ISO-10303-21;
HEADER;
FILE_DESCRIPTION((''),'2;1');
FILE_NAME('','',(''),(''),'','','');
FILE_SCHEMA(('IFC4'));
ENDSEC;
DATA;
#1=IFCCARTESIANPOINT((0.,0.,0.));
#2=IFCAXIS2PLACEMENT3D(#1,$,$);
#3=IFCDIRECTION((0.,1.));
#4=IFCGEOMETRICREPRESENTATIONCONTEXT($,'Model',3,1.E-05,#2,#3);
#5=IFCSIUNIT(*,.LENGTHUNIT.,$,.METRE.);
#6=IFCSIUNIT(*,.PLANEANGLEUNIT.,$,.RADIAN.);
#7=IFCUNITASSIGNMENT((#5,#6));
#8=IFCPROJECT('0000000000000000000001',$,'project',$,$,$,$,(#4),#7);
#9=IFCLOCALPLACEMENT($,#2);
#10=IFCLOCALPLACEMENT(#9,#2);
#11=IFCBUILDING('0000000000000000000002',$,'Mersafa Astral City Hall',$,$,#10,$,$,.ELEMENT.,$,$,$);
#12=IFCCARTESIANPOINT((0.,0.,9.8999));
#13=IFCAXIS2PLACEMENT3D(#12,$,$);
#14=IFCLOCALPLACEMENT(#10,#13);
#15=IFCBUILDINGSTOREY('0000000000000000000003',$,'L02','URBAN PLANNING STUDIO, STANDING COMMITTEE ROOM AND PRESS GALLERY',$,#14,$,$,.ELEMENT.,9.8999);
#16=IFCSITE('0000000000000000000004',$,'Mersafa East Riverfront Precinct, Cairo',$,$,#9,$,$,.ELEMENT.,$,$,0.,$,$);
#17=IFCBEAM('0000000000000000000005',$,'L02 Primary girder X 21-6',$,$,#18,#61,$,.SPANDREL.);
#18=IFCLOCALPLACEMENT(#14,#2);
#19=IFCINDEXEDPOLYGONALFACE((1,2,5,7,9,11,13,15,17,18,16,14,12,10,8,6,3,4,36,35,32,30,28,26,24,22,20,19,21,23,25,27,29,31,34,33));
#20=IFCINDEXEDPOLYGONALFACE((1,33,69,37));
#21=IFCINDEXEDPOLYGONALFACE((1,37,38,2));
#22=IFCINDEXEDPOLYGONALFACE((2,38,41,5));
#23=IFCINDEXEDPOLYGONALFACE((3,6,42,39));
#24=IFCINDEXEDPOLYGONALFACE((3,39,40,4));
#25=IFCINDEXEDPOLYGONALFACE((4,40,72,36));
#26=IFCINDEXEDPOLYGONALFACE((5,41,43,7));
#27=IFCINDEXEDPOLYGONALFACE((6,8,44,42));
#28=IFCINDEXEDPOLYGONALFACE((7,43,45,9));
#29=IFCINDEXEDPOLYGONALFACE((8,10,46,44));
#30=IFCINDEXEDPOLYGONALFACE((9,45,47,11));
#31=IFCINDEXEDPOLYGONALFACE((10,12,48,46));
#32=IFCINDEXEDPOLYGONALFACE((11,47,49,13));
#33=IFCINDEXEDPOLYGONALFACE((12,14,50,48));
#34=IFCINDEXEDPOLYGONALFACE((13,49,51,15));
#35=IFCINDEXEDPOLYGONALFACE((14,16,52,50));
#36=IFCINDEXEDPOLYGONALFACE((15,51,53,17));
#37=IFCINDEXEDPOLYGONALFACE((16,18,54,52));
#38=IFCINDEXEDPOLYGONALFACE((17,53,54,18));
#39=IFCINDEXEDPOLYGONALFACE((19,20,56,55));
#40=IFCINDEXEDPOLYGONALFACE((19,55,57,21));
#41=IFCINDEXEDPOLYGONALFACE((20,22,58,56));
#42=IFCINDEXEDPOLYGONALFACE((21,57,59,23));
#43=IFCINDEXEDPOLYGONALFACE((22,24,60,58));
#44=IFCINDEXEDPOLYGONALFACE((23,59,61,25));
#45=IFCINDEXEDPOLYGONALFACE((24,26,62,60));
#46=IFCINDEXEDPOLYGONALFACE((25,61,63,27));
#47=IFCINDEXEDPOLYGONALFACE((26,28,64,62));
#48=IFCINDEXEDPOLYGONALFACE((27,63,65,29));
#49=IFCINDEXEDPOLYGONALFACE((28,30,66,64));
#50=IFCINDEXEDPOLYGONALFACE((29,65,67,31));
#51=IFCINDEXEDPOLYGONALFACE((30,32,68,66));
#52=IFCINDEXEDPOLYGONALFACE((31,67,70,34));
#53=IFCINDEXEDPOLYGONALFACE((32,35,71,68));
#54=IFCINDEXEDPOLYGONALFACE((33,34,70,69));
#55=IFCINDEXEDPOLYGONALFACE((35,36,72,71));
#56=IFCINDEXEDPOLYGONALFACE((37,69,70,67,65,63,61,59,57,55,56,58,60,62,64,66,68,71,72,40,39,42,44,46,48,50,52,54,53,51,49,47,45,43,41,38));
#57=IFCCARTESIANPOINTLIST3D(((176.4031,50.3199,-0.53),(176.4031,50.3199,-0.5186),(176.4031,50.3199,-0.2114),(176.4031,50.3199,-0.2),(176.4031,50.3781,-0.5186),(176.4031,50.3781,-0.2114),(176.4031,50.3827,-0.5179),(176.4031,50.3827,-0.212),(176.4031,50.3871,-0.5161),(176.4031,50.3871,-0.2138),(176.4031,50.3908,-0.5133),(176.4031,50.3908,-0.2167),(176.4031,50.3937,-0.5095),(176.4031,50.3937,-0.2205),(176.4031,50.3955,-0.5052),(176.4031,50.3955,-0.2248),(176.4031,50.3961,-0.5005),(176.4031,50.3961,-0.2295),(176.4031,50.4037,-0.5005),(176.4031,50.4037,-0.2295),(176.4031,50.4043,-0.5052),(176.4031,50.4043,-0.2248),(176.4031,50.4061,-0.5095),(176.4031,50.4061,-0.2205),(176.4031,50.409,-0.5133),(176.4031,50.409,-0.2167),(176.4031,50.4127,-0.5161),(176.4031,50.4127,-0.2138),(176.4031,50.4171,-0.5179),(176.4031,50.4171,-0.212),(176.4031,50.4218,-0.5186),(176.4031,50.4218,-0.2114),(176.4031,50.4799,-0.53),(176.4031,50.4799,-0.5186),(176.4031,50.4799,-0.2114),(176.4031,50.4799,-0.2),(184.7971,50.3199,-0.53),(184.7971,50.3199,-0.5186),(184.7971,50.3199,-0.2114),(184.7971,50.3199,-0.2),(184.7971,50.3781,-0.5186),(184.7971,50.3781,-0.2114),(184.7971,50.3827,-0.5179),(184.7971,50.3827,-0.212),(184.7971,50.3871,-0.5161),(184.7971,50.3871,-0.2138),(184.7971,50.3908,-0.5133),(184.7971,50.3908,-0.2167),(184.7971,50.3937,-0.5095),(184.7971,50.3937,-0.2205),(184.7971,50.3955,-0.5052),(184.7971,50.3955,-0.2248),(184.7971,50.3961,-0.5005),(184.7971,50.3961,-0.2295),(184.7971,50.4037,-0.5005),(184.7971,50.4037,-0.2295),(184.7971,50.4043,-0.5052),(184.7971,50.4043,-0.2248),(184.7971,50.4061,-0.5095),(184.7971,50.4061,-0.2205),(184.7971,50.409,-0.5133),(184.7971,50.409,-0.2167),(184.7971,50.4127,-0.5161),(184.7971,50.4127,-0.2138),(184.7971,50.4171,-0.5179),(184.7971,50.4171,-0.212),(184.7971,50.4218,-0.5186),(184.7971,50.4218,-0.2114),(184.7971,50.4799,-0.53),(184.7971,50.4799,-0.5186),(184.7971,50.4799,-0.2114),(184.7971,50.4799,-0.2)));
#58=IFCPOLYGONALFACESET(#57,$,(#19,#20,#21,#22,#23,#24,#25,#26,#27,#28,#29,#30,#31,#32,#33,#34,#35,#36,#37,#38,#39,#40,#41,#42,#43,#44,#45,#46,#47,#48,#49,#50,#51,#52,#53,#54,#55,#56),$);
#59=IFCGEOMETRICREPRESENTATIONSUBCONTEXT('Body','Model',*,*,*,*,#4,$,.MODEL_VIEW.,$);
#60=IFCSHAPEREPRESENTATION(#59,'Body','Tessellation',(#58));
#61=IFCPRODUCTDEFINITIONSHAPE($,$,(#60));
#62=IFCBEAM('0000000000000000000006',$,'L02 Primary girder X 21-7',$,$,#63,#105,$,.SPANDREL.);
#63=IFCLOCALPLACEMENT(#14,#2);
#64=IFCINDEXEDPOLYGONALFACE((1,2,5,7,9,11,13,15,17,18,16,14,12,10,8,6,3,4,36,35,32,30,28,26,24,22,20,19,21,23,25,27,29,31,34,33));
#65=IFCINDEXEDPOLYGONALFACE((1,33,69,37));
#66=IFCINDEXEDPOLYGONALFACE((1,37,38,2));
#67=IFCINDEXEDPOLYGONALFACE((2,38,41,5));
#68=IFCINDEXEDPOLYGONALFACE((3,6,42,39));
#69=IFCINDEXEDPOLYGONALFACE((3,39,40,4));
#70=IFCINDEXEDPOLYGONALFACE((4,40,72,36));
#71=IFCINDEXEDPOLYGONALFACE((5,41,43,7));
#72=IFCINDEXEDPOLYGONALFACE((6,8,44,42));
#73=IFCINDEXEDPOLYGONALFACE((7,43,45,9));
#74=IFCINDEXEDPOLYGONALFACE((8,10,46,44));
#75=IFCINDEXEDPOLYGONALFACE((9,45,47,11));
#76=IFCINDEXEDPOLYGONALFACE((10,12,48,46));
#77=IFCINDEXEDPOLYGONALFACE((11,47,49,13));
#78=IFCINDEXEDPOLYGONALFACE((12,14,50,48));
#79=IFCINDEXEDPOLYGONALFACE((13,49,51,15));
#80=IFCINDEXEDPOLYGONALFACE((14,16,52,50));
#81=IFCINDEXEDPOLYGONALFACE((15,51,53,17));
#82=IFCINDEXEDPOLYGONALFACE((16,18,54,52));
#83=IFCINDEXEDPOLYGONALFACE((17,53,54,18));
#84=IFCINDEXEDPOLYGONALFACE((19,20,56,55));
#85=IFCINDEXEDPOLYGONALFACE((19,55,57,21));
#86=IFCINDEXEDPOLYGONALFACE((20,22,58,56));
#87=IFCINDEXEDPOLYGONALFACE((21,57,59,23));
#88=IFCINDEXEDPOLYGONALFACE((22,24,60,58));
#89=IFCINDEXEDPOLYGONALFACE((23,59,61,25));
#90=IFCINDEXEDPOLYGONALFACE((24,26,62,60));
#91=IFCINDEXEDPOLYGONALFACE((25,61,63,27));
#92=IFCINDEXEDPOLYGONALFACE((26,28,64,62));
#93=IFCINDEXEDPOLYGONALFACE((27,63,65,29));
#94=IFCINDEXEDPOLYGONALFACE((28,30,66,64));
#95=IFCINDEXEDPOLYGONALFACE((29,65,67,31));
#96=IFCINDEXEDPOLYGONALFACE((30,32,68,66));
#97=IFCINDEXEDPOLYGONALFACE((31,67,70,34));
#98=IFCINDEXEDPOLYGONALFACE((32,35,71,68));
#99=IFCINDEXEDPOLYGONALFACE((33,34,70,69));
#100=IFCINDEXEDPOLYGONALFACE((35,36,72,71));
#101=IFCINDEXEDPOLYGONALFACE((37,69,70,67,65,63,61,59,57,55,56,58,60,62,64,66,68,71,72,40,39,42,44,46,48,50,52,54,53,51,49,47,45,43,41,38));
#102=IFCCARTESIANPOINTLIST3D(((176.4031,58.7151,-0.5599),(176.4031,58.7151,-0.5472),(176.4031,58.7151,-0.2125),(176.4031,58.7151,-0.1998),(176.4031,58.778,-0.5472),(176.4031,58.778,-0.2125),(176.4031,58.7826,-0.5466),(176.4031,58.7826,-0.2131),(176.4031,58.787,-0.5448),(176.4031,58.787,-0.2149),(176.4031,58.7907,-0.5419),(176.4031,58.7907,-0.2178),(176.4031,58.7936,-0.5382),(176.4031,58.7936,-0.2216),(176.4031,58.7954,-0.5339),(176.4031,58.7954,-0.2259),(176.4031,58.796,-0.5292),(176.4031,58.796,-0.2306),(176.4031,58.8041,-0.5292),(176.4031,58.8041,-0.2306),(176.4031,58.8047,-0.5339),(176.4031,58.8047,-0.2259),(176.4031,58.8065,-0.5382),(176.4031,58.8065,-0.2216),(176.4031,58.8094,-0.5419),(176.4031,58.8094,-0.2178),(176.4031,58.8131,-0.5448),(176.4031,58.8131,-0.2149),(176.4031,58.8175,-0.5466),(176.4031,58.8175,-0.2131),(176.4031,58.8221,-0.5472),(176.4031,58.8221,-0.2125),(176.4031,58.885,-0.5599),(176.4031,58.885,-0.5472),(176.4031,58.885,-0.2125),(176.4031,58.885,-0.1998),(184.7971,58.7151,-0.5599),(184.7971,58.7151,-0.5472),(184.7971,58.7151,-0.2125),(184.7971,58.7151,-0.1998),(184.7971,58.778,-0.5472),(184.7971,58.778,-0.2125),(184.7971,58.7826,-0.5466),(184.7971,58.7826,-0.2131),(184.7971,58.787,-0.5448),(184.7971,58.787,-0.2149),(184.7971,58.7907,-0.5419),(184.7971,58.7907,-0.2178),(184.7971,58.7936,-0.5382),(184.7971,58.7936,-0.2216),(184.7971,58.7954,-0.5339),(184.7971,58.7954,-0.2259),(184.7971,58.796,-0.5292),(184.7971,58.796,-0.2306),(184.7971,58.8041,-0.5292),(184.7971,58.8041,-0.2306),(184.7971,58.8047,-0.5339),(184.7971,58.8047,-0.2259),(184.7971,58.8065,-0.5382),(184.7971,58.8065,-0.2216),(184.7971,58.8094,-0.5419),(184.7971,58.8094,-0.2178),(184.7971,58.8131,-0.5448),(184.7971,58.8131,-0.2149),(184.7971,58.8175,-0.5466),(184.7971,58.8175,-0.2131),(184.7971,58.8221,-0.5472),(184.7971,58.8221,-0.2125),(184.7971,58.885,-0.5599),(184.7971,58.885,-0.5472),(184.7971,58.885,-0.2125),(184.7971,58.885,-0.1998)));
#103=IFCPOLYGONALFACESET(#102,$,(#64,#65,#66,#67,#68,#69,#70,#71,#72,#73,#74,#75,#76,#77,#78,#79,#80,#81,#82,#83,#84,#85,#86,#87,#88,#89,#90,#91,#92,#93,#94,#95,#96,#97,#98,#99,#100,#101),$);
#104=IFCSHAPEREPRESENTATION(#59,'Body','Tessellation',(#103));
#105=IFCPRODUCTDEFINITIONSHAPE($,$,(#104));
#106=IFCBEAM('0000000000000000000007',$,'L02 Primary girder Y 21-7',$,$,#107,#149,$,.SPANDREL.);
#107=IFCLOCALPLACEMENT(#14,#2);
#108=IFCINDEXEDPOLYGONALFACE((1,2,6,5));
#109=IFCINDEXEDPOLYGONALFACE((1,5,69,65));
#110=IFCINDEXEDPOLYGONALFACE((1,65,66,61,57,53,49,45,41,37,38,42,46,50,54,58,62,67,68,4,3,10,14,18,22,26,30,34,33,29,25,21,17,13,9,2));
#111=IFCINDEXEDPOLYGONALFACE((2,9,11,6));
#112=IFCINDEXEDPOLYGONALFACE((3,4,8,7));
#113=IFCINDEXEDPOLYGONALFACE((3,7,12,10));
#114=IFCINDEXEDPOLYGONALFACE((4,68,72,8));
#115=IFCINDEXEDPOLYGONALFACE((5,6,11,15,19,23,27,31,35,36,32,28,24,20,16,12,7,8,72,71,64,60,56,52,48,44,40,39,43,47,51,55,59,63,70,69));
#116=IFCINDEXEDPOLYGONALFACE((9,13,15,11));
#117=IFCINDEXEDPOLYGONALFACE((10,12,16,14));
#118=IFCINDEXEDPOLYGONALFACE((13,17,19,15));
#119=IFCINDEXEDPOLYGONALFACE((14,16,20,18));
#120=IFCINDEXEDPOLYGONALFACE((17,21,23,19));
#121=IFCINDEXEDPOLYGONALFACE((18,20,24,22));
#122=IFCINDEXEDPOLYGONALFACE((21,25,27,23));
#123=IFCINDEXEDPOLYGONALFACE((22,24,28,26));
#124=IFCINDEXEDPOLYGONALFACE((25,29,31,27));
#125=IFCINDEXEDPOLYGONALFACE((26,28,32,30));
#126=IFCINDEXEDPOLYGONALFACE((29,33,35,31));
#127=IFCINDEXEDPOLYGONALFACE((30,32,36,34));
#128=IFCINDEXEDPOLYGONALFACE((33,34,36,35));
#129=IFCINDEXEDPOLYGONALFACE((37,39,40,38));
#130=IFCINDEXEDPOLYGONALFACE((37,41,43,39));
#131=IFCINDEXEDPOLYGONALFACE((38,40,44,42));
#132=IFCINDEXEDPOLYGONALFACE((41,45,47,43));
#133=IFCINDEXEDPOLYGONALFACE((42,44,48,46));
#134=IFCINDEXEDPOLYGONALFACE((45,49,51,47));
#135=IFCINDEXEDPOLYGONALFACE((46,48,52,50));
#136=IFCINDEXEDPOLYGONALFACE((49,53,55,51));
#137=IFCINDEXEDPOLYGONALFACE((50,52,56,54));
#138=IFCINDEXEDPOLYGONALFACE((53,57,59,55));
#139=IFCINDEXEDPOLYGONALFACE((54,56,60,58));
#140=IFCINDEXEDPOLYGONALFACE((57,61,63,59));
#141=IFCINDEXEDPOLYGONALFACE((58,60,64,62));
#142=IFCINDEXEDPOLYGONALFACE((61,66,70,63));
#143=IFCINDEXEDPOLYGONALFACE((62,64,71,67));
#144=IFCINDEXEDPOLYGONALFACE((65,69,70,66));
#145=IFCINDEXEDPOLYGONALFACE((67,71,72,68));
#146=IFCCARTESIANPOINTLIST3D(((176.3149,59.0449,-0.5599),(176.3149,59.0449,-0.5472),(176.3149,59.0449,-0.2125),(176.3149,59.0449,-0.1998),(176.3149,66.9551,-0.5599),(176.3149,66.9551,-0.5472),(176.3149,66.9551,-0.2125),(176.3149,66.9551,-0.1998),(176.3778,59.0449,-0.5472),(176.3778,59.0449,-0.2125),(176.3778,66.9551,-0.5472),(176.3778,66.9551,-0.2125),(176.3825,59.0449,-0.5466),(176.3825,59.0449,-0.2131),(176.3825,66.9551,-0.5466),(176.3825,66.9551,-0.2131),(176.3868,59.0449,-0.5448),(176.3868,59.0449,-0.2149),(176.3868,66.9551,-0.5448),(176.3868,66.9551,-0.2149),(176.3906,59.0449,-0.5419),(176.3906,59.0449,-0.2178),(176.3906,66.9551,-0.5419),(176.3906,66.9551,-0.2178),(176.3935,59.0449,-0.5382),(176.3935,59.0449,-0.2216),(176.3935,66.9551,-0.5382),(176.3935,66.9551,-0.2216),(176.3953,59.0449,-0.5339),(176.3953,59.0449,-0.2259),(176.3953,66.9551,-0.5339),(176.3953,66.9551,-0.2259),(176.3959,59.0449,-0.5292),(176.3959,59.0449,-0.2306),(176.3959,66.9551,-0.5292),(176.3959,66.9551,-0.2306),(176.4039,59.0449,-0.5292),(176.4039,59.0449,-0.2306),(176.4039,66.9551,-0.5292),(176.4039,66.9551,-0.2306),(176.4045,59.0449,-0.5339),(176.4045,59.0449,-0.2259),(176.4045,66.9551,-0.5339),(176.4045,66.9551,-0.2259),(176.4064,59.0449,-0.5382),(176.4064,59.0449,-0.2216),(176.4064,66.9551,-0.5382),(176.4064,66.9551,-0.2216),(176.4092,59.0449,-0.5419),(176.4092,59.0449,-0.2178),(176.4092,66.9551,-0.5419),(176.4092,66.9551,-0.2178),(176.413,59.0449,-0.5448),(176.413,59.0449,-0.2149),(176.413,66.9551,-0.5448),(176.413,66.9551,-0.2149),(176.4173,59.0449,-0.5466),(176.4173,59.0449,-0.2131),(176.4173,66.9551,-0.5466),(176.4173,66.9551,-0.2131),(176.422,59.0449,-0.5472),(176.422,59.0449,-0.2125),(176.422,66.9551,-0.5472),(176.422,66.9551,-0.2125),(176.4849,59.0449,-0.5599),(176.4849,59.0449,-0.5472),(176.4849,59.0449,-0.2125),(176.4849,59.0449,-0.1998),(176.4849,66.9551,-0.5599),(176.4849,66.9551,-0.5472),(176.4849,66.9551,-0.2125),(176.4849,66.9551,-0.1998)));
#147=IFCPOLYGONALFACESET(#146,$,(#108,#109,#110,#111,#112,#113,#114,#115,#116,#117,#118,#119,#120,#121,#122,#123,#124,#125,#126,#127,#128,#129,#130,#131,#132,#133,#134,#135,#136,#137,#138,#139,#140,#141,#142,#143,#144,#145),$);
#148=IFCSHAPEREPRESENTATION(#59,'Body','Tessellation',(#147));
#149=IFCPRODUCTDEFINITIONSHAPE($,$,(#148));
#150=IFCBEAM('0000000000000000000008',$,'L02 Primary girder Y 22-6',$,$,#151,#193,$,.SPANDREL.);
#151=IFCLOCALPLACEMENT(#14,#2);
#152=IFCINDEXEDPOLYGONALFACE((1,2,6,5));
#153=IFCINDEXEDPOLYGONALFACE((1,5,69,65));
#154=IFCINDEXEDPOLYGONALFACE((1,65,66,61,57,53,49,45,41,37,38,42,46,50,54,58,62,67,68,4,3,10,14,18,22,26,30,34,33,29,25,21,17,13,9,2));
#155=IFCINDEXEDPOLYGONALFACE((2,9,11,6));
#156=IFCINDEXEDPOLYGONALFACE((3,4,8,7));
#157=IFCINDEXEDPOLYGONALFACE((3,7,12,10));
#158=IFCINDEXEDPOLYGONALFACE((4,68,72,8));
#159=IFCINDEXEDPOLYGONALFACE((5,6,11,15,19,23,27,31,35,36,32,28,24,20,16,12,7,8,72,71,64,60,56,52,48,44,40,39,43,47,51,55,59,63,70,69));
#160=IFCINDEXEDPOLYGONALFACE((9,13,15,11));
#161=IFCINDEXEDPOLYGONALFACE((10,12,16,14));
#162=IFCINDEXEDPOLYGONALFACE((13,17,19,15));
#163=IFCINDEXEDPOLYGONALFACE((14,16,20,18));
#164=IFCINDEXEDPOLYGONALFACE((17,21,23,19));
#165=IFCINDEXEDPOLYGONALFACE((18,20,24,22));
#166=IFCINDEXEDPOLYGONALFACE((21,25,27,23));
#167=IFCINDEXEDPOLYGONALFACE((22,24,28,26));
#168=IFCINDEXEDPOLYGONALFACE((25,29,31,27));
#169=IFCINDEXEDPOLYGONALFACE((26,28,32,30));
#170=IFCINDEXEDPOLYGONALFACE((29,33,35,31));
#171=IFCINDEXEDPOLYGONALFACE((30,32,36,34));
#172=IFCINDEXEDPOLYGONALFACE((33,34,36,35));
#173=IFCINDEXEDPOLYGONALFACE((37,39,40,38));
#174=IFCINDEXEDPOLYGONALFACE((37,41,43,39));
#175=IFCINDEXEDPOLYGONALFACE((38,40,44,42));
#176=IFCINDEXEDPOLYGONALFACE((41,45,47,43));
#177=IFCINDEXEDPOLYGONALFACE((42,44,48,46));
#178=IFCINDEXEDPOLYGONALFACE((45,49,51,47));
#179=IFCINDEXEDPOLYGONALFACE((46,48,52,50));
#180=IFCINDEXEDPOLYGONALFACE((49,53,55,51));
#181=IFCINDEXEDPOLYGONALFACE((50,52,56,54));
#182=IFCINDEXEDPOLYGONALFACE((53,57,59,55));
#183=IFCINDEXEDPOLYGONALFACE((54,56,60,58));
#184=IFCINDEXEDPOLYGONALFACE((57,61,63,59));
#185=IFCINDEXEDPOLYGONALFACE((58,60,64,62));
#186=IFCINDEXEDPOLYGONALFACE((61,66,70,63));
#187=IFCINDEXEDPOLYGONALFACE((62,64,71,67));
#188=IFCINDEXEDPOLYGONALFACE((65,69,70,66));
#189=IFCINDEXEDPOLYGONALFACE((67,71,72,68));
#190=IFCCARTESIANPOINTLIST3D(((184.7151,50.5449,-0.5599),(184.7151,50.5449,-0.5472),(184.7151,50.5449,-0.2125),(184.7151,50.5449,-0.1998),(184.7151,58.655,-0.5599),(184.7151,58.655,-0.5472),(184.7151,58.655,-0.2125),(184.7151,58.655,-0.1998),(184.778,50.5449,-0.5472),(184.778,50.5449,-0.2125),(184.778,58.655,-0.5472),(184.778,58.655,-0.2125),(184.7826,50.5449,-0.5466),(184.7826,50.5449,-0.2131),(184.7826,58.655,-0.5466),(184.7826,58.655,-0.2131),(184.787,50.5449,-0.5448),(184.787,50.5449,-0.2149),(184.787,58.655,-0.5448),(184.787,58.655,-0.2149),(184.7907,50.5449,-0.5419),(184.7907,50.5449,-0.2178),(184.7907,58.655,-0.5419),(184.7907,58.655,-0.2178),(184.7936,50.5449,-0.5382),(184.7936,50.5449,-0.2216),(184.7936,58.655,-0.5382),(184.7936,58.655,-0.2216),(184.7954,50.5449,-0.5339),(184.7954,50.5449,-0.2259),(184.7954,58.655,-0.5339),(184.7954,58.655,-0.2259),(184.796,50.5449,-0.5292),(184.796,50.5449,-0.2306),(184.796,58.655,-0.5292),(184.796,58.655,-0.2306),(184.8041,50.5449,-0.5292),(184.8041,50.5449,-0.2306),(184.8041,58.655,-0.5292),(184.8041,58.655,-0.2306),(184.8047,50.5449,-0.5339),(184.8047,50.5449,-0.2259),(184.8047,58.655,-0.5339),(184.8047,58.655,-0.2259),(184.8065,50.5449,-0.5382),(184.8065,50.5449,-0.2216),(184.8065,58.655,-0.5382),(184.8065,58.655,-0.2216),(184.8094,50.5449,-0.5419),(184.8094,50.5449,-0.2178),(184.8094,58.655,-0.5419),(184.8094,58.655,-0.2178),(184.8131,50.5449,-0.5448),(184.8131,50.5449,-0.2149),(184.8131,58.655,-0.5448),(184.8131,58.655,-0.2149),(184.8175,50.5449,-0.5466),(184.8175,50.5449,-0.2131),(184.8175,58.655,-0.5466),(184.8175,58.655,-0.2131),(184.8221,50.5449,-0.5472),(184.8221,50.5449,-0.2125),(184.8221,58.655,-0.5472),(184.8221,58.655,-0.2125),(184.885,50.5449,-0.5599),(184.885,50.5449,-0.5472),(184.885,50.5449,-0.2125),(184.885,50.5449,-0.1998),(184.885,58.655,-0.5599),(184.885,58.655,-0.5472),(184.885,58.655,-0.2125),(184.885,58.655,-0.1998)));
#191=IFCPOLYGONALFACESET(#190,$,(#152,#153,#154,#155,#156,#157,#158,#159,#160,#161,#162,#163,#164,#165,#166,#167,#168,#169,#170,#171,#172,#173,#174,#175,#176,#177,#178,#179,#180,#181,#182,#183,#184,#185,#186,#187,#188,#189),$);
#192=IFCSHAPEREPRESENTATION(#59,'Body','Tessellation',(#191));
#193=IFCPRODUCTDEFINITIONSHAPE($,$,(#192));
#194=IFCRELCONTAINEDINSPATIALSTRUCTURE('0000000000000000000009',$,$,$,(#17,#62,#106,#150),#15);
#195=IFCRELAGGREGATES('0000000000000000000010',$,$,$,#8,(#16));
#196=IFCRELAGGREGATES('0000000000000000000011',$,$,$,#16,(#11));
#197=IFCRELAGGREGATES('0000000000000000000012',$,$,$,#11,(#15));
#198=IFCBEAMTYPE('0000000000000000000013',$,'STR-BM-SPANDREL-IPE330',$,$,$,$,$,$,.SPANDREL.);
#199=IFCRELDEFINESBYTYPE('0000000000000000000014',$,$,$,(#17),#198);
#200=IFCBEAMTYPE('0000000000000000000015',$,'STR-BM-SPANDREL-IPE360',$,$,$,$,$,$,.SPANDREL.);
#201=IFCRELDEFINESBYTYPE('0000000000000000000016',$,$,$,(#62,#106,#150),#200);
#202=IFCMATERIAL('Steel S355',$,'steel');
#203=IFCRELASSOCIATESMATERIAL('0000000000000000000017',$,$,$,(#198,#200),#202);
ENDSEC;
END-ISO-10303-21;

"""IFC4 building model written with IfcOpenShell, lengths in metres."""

from ifc_helpers import new_model, si_unit, direction, frame, origin, origin_2d, place, context, subcontext, project, spatial, i_section, extrude, material, material_profile, profile_set, type_object, element, save


model = new_model("IFC4")

# Units and contexts
model_context = context("Model", 3, precision=1e-05, world=origin(), true_north=direction((0.0, 1.0)))
body_context = subcontext(model_context, "Body", "Model", "MODEL_VIEW")
ifc_project = project(units=[si_unit("LENGTHUNIT", "METRE"), si_unit("PLANEANGLEUNIT", "RADIAN")], contexts=[model_context])

# Site, building, storey
site_placement = place(None, origin())
site = spatial("IfcSite", under=ifc_project, at=site_placement, Name="Mersafa East Riverfront Precinct, Cairo", CompositionType="ELEMENT", RefElevation=0.0)
building_placement = place(site_placement, origin())
building = spatial("IfcBuilding", under=site, at=building_placement, Name="Mersafa Astral City Hall", CompositionType="ELEMENT")
storey_placement = place(building_placement, frame((0.0, 0.0, 9.8999)))
storey = spatial("IfcBuildingStorey", under=building, at=storey_placement, Name="L02", Description="URBAN PLANNING STUDIO, STANDING COMMITTEE ROOM AND PRESS GALLERY", CompositionType="ELEMENT", Elevation=9.8999)

# Shared definitions
ifc_material_1 = material(Name="Steel S355", Category="steel")

# Beams
ifc_material_profile_1 = material_profile(ifc_material_1, i_section(OverallWidth=0.1599, OverallDepth=0.3301, WebThickness=0.0076, FlangeThickness=0.0115, FilletRadius=0.0181, at=origin_2d()), Name="IPE 330")
ifc_profile_set_1 = profile_set([ifc_material_profile_1], Name="Steel S355")
beam_type_1 = type_object("IfcBeamType", Name="STR-BM-SPANDREL-IPE330", PredefinedType="SPANDREL", material=ifc_profile_set_1)
beam_1_placement = place(storey_placement, frame((176.4031, 50.3999, -0.365), z_axis=(1.0, 0.0, 0.0), x_axis=(0.0, 1.0, 0.0)))
element("IfcBeam", 1, at=beam_1_placement, inside=storey, type_object=beam_type_1, Name="L02 Primary girder X 21-6", PredefinedType="SPANDREL", context=body_context, shape_type="SweptSolid", body=[
    extrude(i_section(OverallWidth=0.1599, OverallDepth=0.3301, WebThickness=0.0076, FlangeThickness=0.0115, FilletRadius=0.0181, at=origin_2d()), origin(), (0.0, 0.0, 1.0), 8.394),
])
ifc_material_profile_2 = material_profile(ifc_material_1, i_section(OverallWidth=0.1699, OverallDepth=0.3601, WebThickness=0.0081, FlangeThickness=0.0127, FilletRadius=0.0181, at=origin_2d()), Name="IPE 360")
ifc_profile_set_2 = profile_set([ifc_material_profile_2], Name="Steel S355")
beam_type_2 = type_object("IfcBeamType", Name="STR-BM-SPANDREL-IPE360", PredefinedType="SPANDREL", material=ifc_profile_set_2)
beam_2_placement = place(storey_placement, frame((176.4031, 58.8, -0.3799), z_axis=(1.0, 0.0, 0.0), x_axis=(0.0, 1.0, 0.0)))
element("IfcBeam", 2, at=beam_2_placement, inside=storey, type_object=beam_type_2, Name="L02 Primary girder X 21-7", PredefinedType="SPANDREL", context=body_context, shape_type="SweptSolid", body=[
    extrude(i_section(OverallWidth=0.1699, OverallDepth=0.3601, WebThickness=0.0081, FlangeThickness=0.0127, FilletRadius=0.0181, at=origin_2d()), origin(), (0.0, 0.0, 1.0), 8.394),
])
beam_3_placement = place(storey_placement, frame((176.3999, 59.0449, -0.3799), z_axis=(0.0, 1.0, 0.0), x_axis=(-1.0, 0.0, 0.0)))
element("IfcBeam", 3, at=beam_3_placement, inside=storey, type_object=beam_type_2, Name="L02 Primary girder Y 21-7", PredefinedType="SPANDREL", context=body_context, shape_type="SweptSolid", body=[
    extrude(i_section(OverallWidth=0.1699, OverallDepth=0.3601, WebThickness=0.0081, FlangeThickness=0.0127, FilletRadius=0.0181, at=origin_2d()), origin(), (0.0, 0.0, 1.0), 7.9102),
])
beam_4_placement = place(storey_placement, frame((184.8, 50.5449, -0.3799), z_axis=(0.0, 1.0, 0.0), x_axis=(-1.0, 0.0, 0.0)))
element("IfcBeam", 4, at=beam_4_placement, inside=storey, type_object=beam_type_2, Name="L02 Primary girder Y 22-6", PredefinedType="SPANDREL", context=body_context, shape_type="SweptSolid", body=[
    extrude(i_section(OverallWidth=0.1699, OverallDepth=0.3601, WebThickness=0.0081, FlangeThickness=0.0127, FilletRadius=0.0181, at=origin_2d()), origin(), (0.0, 0.0, 1.0), 8.1101),
])

save(model, "model.ifc")
